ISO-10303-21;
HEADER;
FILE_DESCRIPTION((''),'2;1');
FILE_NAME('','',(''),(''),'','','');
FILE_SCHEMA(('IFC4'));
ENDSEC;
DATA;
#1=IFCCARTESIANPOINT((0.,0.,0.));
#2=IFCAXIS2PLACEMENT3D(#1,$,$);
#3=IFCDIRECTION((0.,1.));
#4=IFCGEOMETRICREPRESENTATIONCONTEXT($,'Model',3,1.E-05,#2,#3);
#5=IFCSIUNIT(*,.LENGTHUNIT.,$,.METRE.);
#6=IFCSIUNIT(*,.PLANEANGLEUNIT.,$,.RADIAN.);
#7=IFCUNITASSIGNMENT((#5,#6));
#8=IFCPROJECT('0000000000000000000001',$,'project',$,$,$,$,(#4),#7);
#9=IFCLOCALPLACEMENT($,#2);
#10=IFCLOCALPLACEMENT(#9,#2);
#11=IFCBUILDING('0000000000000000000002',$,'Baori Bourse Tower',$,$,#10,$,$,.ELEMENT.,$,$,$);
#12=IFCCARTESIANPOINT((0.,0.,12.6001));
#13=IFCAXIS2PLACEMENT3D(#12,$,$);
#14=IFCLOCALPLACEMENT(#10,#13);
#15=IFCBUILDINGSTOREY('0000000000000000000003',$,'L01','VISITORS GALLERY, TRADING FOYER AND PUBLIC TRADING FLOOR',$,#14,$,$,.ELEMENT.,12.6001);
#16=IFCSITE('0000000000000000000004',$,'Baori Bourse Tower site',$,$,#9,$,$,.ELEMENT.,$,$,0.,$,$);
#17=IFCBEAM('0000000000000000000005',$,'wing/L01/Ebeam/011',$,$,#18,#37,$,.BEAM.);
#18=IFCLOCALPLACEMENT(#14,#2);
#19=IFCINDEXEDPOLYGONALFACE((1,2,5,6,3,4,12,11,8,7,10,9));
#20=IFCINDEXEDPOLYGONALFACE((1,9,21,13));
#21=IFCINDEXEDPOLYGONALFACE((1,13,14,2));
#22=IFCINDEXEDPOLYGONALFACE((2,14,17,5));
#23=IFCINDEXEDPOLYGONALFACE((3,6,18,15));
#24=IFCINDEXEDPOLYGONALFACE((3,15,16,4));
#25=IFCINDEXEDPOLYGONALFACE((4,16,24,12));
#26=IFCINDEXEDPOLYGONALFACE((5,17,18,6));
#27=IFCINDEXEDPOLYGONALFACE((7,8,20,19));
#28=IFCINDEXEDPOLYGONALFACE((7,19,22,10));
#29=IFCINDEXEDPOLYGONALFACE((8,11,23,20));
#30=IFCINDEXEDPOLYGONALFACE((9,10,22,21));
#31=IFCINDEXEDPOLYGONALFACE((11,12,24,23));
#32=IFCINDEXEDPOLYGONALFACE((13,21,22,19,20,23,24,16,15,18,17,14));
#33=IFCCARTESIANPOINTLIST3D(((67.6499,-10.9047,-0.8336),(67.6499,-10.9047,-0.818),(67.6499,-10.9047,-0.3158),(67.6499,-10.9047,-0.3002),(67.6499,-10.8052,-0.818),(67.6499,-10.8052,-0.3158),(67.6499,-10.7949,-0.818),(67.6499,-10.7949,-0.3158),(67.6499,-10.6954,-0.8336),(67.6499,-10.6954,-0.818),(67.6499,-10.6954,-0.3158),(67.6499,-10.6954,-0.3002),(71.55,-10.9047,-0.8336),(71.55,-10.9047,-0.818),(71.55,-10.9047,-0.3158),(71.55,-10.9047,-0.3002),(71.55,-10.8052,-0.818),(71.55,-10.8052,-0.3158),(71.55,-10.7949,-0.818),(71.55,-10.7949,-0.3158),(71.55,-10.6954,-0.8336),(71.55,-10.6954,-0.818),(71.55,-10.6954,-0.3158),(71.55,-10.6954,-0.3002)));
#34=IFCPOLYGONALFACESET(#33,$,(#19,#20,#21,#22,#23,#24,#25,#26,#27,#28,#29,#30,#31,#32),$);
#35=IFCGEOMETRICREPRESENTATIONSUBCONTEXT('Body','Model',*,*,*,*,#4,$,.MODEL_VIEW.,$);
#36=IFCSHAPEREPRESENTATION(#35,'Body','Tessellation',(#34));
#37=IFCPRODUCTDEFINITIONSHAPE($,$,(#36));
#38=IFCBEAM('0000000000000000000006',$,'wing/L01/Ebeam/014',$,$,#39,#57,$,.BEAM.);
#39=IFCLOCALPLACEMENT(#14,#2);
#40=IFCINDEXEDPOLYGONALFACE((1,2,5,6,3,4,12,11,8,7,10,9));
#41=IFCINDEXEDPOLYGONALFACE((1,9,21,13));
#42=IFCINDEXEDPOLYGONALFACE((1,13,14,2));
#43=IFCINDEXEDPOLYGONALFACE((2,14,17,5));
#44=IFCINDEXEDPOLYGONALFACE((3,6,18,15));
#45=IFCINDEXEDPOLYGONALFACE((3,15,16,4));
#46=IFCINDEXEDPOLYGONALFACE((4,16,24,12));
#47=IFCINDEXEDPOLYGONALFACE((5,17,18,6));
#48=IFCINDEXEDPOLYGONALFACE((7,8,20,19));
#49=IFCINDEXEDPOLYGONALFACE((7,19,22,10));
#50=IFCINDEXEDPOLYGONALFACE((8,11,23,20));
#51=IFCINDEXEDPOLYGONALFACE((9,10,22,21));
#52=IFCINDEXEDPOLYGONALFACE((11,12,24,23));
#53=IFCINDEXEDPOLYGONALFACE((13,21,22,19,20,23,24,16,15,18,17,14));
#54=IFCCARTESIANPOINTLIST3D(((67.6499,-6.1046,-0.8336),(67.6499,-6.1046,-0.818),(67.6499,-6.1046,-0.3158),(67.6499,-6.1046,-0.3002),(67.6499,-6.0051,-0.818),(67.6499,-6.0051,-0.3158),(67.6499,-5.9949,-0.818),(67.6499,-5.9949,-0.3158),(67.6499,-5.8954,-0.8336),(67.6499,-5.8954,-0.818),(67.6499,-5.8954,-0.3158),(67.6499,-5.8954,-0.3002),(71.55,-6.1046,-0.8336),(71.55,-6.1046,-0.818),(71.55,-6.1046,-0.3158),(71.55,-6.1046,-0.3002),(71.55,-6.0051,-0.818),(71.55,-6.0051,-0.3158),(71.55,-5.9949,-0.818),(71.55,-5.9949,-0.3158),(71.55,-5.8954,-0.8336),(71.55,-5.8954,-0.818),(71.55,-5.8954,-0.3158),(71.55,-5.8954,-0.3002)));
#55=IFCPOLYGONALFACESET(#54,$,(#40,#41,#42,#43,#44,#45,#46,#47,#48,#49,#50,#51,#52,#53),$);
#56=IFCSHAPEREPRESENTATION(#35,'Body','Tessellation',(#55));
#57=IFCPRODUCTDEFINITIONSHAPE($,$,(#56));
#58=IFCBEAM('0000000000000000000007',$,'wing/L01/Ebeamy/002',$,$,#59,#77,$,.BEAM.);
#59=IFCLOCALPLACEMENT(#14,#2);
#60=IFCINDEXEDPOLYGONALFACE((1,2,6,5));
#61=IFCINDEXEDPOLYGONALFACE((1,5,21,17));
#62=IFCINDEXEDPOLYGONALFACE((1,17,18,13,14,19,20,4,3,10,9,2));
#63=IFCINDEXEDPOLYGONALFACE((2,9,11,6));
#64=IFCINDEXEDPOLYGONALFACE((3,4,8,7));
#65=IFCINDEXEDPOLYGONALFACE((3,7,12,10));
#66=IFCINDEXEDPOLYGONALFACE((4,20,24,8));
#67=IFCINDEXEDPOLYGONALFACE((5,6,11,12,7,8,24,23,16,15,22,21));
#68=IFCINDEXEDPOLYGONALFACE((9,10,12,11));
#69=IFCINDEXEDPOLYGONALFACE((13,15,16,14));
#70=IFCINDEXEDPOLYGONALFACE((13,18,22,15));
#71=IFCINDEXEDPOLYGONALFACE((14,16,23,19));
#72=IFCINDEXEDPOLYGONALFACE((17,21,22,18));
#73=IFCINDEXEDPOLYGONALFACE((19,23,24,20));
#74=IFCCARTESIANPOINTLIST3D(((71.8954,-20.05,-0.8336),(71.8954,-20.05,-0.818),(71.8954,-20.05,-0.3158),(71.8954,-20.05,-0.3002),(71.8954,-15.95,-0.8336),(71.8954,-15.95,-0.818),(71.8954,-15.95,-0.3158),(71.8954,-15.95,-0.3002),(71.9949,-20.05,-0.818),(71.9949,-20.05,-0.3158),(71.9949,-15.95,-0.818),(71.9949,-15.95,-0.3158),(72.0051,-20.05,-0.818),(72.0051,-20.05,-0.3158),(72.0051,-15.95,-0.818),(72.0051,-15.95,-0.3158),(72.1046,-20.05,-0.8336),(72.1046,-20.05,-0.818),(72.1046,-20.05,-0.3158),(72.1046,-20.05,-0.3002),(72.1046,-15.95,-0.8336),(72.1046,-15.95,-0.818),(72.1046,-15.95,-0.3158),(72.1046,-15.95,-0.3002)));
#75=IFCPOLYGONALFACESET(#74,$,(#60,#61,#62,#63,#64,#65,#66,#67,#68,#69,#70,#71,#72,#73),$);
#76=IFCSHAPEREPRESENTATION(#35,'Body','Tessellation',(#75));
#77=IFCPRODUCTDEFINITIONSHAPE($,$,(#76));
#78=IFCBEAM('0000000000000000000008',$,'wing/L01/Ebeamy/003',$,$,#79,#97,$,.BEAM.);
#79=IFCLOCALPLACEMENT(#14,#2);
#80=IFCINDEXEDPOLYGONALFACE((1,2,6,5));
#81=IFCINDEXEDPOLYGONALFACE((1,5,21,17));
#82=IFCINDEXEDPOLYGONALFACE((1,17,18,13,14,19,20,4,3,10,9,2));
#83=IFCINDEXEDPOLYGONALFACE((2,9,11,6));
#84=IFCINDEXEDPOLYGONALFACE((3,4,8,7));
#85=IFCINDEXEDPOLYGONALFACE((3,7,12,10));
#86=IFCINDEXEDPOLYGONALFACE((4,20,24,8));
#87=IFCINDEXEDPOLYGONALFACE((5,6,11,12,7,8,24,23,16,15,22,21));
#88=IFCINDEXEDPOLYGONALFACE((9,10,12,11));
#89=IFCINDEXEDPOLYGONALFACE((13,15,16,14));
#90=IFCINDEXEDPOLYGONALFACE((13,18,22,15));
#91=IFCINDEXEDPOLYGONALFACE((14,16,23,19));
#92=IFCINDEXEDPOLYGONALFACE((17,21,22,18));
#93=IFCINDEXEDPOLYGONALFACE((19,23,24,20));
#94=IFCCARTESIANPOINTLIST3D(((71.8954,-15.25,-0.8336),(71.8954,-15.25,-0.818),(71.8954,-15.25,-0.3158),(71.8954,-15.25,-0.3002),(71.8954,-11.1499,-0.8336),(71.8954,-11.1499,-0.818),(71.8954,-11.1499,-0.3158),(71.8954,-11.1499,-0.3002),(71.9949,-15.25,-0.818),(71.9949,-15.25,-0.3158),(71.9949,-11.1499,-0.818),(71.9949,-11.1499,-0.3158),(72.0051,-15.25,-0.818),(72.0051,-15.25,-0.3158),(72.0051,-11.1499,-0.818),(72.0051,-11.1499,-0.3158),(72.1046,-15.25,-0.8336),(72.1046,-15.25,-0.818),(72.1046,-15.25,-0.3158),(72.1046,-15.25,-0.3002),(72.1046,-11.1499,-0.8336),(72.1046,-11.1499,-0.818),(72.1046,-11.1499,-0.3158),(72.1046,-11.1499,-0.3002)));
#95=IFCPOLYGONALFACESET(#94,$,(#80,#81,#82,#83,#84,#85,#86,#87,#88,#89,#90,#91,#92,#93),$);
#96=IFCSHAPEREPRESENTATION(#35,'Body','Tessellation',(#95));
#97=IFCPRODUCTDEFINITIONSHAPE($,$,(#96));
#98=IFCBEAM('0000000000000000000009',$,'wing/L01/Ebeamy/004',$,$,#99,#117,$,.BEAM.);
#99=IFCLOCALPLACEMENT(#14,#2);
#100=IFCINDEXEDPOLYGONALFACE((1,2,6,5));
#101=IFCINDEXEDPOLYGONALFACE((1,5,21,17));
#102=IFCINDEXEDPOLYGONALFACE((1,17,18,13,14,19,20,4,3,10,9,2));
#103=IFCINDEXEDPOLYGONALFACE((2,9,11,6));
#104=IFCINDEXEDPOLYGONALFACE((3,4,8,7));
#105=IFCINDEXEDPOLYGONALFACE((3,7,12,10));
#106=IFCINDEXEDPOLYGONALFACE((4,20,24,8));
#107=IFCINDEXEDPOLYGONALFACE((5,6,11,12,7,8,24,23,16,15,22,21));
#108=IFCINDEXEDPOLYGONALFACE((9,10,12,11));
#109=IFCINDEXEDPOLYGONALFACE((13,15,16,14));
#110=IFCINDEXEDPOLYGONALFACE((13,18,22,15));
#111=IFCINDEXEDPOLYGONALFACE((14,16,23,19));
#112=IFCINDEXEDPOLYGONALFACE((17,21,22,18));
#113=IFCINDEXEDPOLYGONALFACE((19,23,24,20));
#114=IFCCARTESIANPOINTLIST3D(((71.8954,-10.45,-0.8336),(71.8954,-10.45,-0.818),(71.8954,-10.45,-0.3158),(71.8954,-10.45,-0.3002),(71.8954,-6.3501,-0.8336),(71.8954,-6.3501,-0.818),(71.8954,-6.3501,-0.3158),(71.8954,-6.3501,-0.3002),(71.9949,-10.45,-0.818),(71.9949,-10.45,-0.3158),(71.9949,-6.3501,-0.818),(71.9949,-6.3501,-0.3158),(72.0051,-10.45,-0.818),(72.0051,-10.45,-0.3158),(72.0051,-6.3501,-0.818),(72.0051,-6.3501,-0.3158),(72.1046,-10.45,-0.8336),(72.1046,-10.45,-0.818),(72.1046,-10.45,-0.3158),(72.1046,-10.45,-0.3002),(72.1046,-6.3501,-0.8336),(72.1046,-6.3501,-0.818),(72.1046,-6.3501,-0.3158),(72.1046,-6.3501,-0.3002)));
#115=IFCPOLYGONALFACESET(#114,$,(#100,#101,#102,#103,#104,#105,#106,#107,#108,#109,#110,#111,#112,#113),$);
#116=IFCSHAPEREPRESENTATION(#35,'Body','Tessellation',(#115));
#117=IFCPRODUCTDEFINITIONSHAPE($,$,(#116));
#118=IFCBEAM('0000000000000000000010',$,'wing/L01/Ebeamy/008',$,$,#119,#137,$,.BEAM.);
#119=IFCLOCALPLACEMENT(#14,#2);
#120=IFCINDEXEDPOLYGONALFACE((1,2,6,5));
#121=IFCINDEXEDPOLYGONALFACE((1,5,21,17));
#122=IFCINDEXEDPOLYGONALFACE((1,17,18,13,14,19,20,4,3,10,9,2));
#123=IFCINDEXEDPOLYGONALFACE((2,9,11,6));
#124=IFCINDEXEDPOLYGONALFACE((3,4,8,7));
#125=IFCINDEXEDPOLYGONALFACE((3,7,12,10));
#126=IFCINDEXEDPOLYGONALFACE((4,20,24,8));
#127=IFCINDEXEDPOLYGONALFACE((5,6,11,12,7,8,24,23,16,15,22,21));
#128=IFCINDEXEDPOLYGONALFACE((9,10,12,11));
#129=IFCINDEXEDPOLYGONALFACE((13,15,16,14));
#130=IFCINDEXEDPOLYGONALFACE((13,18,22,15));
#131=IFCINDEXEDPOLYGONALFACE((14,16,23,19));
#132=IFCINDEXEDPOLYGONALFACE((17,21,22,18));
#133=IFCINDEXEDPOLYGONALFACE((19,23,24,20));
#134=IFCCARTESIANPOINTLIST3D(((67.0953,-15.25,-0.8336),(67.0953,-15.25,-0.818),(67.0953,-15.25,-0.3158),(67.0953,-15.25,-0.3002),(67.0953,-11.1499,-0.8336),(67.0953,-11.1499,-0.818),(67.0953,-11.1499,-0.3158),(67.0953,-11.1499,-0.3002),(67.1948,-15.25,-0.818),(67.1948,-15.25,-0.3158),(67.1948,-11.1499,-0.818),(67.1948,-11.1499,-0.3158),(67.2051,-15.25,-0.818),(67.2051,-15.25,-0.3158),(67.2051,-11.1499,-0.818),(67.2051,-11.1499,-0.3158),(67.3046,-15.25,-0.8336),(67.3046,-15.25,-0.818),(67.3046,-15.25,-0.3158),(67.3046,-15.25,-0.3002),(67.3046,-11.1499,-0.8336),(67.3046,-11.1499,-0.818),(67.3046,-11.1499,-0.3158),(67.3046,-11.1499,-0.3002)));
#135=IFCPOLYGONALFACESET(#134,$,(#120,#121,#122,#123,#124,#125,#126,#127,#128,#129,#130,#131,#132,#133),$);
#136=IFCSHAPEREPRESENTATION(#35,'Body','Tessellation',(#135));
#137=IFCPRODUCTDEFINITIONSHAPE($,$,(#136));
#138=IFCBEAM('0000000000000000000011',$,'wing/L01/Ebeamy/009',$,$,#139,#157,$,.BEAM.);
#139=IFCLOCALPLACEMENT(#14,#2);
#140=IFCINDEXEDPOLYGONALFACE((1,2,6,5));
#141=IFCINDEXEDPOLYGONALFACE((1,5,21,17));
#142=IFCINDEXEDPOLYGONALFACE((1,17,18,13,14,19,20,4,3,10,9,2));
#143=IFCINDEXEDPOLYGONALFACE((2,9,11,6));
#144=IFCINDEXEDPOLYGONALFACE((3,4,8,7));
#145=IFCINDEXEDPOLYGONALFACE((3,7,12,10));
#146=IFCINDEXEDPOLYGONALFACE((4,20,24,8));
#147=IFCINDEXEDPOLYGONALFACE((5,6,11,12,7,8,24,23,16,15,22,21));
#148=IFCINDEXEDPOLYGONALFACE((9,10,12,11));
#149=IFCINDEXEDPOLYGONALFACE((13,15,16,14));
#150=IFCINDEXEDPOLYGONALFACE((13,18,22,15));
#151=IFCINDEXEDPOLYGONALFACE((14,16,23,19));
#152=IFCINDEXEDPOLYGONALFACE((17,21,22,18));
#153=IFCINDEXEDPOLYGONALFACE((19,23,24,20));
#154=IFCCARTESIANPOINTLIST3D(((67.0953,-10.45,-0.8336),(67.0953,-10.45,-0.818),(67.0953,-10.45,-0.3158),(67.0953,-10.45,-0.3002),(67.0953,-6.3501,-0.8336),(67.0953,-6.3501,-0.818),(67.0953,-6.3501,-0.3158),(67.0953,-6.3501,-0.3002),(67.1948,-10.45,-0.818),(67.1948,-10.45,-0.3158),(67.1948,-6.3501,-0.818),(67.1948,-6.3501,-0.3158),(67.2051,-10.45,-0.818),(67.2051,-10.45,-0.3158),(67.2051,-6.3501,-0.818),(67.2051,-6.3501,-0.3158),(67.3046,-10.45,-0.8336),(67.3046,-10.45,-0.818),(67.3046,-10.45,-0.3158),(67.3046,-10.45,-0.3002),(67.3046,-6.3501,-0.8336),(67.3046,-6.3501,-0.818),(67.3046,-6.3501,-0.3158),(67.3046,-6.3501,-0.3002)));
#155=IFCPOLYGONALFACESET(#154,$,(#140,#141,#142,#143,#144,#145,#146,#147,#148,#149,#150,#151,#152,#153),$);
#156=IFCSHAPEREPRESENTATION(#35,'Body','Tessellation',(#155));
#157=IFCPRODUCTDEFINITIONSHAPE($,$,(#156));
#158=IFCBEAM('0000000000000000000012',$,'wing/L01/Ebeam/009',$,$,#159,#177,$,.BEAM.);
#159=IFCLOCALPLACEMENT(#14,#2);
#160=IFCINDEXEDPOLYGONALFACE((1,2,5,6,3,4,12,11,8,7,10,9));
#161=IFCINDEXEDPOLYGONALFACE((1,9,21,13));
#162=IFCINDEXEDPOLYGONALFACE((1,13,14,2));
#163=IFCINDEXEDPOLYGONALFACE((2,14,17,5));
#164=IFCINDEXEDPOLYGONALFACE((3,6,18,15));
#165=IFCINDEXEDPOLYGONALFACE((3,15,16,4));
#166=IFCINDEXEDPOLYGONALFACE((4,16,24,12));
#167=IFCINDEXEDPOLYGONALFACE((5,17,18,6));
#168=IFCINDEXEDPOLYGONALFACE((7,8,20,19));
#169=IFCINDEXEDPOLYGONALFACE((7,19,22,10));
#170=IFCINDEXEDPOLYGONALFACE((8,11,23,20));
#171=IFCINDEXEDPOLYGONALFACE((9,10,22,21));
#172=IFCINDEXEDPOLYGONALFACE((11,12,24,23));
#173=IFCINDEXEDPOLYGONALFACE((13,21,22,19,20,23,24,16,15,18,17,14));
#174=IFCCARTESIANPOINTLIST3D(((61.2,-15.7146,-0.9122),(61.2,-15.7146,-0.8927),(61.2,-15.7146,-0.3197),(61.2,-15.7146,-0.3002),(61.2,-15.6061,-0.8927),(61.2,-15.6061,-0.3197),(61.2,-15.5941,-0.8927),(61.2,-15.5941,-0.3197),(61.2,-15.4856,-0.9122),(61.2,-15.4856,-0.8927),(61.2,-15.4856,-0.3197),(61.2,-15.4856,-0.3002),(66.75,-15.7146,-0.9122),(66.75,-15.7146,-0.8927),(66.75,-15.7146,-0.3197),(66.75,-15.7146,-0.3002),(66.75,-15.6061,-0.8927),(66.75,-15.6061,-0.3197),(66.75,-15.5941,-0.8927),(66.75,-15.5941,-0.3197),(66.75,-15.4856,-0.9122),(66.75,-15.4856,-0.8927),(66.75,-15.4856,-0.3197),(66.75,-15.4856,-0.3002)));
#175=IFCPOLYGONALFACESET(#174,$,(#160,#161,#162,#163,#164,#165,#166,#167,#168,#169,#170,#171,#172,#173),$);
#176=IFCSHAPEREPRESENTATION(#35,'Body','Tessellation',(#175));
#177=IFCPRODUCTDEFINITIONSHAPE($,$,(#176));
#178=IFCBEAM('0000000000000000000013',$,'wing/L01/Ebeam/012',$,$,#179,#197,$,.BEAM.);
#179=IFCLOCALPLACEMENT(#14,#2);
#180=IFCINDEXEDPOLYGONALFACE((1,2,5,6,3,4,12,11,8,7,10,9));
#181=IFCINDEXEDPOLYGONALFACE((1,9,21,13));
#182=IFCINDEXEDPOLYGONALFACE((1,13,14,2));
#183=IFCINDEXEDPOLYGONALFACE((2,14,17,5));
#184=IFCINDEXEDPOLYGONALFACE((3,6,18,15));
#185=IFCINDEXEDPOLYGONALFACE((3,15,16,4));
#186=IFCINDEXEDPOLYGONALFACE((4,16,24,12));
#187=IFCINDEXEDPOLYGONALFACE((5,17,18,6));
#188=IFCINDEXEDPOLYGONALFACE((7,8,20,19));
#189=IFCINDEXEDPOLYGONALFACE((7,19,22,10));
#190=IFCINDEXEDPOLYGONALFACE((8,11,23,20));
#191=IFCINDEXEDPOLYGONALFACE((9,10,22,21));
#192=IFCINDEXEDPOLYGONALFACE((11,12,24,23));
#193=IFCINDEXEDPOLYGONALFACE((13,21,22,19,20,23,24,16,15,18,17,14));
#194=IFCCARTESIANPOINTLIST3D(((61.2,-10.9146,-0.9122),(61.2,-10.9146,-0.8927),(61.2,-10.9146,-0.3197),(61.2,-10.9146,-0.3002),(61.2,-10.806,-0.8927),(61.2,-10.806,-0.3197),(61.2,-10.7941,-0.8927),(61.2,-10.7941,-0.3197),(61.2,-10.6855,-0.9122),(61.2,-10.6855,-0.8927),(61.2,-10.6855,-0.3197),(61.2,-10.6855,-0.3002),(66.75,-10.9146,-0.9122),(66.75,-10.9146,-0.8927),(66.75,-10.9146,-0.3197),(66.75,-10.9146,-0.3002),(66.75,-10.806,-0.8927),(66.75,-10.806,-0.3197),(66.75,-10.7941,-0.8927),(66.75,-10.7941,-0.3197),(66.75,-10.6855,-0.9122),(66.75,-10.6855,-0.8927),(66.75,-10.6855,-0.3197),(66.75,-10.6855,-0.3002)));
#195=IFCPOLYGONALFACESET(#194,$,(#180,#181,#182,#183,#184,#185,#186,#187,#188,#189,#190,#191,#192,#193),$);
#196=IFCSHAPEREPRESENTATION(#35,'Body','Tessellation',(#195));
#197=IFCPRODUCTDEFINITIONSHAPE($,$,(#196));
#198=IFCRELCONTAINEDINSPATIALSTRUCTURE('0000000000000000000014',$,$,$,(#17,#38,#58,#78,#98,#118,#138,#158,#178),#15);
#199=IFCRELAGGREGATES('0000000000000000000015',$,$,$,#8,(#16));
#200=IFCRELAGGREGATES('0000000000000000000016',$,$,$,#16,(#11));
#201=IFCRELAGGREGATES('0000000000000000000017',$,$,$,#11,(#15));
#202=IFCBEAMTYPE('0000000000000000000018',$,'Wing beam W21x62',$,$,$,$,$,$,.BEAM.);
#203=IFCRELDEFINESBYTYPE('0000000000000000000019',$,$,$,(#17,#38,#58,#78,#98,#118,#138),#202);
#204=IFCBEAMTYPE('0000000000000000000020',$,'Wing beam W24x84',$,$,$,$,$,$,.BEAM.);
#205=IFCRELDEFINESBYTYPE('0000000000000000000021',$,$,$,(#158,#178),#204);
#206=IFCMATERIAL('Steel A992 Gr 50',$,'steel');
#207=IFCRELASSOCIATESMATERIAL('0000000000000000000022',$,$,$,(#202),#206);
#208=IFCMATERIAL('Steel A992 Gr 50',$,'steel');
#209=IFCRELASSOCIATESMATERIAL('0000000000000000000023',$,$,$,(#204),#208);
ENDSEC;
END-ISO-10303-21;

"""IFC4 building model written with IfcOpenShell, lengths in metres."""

from ifc_helpers import new_model, si_unit, direction, frame, origin, origin_2d, place, context, subcontext, project, spatial, i_section, extrude, material, material_profile, profile_set, type_object, element, save


model = new_model("IFC4")

# Units and contexts
model_context = context("Model", 3, precision=1e-05, world=origin(), true_north=direction((0.0, 1.0)))
body_context = subcontext(model_context, "Body", "Model", "MODEL_VIEW")
ifc_project = project(units=[si_unit("LENGTHUNIT", "METRE"), si_unit("PLANEANGLEUNIT", "RADIAN")], contexts=[model_context])

# Site, building, storey
site_placement = place(None, origin())
site = spatial("IfcSite", under=ifc_project, at=site_placement, Name="Baori Bourse Tower site", CompositionType="ELEMENT", RefElevation=0.0)
building_placement = place(site_placement, origin())
building = spatial("IfcBuilding", under=site, at=building_placement, Name="Baori Bourse Tower", CompositionType="ELEMENT")
storey_placement = place(building_placement, frame((0.0, 0.0, 12.6001)))
storey = spatial("IfcBuildingStorey", under=building, at=storey_placement, Name="L01", Description="VISITORS GALLERY, TRADING FOYER AND PUBLIC TRADING FLOOR", CompositionType="ELEMENT", Elevation=12.6001)

# Beams
ifc_material_1 = material(Name="Steel A992 Gr 50", Category="steel")
ifc_material_profile_1 = material_profile(ifc_material_1, i_section(OverallWidth=0.2092, OverallDepth=0.5334, WebThickness=0.0103, FlangeThickness=0.0156, at=origin_2d()), Name="W21x62")
ifc_profile_set_1 = profile_set([ifc_material_profile_1], Name="Steel A992 Gr 50")
beam_type_1 = type_object("IfcBeamType", Name="Wing beam W21x62", PredefinedType="BEAM", material=ifc_profile_set_1)
for number, where, z_axis, x_axis, name in (
    (1, (71.55, -10.8, -0.5669), (-1.0, 0.0, 0.0), (0.0, -1.0, 0.0), "wing/L01/Ebeam/011"),
    (2, (71.55, -6.0, -0.5669), (-1.0, 0.0, 0.0), (0.0, -1.0, 0.0), "wing/L01/Ebeam/014"),
):
    element("IfcBeam", number, at=place(storey_placement, frame(where, z_axis=z_axis, x_axis=x_axis)), inside=storey, type_object=beam_type_1, Name=name, PredefinedType="BEAM", context=body_context, shape_type="SweptSolid", body=[
        extrude(i_section(OverallWidth=0.2092, OverallDepth=0.5334, WebThickness=0.0103, FlangeThickness=0.0156, at=origin_2d()), origin(), (0.0, 0.0, 1.0), 3.9001),
    ])
for number, where, z_axis, x_axis, name in (
    (3, (72.0, -20.05, -0.5669), (0.0, 1.0, 0.0), (-1.0, 0.0, 0.0), "wing/L01/Ebeamy/002"),
    (4, (72.0, -15.25, -0.5669), (0.0, 1.0, 0.0), (-1.0, 0.0, 0.0), "wing/L01/Ebeamy/003"),
):
    element("IfcBeam", number, at=place(storey_placement, frame(where, z_axis=z_axis, x_axis=x_axis)), inside=storey, type_object=beam_type_1, Name=name, PredefinedType="BEAM", context=body_context, shape_type="SweptSolid", body=[
        extrude(i_section(OverallWidth=0.2092, OverallDepth=0.5334, WebThickness=0.0103, FlangeThickness=0.0156, at=origin_2d()), origin(), (0.0, 0.0, 1.0), 4.1001),
    ])
beam_1_placement = place(storey_placement, frame((72.0, -10.45, -0.5669), z_axis=(0.0, 1.0, 0.0), x_axis=(-1.0, 0.0, 0.0)))
element("IfcBeam", 5, at=beam_1_placement, inside=storey, type_object=beam_type_1, Name="wing/L01/Ebeamy/004", PredefinedType="BEAM", context=body_context, shape_type="SweptSolid", body=[
    extrude(i_section(OverallWidth=0.2092, OverallDepth=0.5334, WebThickness=0.0103, FlangeThickness=0.0156, at=origin_2d()), origin(), (0.0, 0.0, 1.0), 4.0999),
])
beam_2_placement = place(storey_placement, frame((67.2, -15.25, -0.5669), z_axis=(0.0, 1.0, 0.0), x_axis=(-1.0, 0.0, 0.0)))
element("IfcBeam", 6, at=beam_2_placement, inside=storey, type_object=beam_type_1, Name="wing/L01/Ebeamy/008", PredefinedType="BEAM", context=body_context, shape_type="SweptSolid", body=[
    extrude(i_section(OverallWidth=0.2092, OverallDepth=0.5334, WebThickness=0.0103, FlangeThickness=0.0156, at=origin_2d()), origin(), (0.0, 0.0, 1.0), 4.1001),
])
beam_3_placement = place(storey_placement, frame((67.2, -10.45, -0.5669), z_axis=(0.0, 1.0, 0.0), x_axis=(-1.0, 0.0, 0.0)))
element("IfcBeam", 7, at=beam_3_placement, inside=storey, type_object=beam_type_1, Name="wing/L01/Ebeamy/009", PredefinedType="BEAM", context=body_context, shape_type="SweptSolid", body=[
    extrude(i_section(OverallWidth=0.2092, OverallDepth=0.5334, WebThickness=0.0103, FlangeThickness=0.0156, at=origin_2d()), origin(), (0.0, 0.0, 1.0), 4.0999),
])
ifc_material_2 = material(Name="Steel A992 Gr 50", Category="steel")
ifc_material_profile_2 = material_profile(ifc_material_2, i_section(OverallWidth=0.229, OverallDepth=0.6121, WebThickness=0.012, FlangeThickness=0.0195, at=origin_2d()), Name="W24x84")
ifc_profile_set_2 = profile_set([ifc_material_profile_2], Name="Steel A992 Gr 50")
beam_type_2 = type_object("IfcBeamType", Name="Wing beam W24x84", PredefinedType="BEAM", material=ifc_profile_set_2)
for number, where, z_axis, x_axis, name in (
    (8, (66.75, -15.6001, -0.6062), (-1.0, 0.0, 0.0), (0.0, -1.0, 0.0), "wing/L01/Ebeam/009"),
    (9, (66.75, -10.8, -0.6062), (-1.0, 0.0, 0.0), (0.0, -1.0, 0.0), "wing/L01/Ebeam/012"),
):
    element("IfcBeam", number, at=place(storey_placement, frame(where, z_axis=z_axis, x_axis=x_axis)), inside=storey, type_object=beam_type_2, Name=name, PredefinedType="BEAM", context=body_context, shape_type="SweptSolid", body=[
        extrude(i_section(OverallWidth=0.229, OverallDepth=0.6121, WebThickness=0.012, FlangeThickness=0.0195, at=origin_2d()), origin(), (0.0, 0.0, 1.0), 5.55),
    ])

save(model, "model.ifc")
